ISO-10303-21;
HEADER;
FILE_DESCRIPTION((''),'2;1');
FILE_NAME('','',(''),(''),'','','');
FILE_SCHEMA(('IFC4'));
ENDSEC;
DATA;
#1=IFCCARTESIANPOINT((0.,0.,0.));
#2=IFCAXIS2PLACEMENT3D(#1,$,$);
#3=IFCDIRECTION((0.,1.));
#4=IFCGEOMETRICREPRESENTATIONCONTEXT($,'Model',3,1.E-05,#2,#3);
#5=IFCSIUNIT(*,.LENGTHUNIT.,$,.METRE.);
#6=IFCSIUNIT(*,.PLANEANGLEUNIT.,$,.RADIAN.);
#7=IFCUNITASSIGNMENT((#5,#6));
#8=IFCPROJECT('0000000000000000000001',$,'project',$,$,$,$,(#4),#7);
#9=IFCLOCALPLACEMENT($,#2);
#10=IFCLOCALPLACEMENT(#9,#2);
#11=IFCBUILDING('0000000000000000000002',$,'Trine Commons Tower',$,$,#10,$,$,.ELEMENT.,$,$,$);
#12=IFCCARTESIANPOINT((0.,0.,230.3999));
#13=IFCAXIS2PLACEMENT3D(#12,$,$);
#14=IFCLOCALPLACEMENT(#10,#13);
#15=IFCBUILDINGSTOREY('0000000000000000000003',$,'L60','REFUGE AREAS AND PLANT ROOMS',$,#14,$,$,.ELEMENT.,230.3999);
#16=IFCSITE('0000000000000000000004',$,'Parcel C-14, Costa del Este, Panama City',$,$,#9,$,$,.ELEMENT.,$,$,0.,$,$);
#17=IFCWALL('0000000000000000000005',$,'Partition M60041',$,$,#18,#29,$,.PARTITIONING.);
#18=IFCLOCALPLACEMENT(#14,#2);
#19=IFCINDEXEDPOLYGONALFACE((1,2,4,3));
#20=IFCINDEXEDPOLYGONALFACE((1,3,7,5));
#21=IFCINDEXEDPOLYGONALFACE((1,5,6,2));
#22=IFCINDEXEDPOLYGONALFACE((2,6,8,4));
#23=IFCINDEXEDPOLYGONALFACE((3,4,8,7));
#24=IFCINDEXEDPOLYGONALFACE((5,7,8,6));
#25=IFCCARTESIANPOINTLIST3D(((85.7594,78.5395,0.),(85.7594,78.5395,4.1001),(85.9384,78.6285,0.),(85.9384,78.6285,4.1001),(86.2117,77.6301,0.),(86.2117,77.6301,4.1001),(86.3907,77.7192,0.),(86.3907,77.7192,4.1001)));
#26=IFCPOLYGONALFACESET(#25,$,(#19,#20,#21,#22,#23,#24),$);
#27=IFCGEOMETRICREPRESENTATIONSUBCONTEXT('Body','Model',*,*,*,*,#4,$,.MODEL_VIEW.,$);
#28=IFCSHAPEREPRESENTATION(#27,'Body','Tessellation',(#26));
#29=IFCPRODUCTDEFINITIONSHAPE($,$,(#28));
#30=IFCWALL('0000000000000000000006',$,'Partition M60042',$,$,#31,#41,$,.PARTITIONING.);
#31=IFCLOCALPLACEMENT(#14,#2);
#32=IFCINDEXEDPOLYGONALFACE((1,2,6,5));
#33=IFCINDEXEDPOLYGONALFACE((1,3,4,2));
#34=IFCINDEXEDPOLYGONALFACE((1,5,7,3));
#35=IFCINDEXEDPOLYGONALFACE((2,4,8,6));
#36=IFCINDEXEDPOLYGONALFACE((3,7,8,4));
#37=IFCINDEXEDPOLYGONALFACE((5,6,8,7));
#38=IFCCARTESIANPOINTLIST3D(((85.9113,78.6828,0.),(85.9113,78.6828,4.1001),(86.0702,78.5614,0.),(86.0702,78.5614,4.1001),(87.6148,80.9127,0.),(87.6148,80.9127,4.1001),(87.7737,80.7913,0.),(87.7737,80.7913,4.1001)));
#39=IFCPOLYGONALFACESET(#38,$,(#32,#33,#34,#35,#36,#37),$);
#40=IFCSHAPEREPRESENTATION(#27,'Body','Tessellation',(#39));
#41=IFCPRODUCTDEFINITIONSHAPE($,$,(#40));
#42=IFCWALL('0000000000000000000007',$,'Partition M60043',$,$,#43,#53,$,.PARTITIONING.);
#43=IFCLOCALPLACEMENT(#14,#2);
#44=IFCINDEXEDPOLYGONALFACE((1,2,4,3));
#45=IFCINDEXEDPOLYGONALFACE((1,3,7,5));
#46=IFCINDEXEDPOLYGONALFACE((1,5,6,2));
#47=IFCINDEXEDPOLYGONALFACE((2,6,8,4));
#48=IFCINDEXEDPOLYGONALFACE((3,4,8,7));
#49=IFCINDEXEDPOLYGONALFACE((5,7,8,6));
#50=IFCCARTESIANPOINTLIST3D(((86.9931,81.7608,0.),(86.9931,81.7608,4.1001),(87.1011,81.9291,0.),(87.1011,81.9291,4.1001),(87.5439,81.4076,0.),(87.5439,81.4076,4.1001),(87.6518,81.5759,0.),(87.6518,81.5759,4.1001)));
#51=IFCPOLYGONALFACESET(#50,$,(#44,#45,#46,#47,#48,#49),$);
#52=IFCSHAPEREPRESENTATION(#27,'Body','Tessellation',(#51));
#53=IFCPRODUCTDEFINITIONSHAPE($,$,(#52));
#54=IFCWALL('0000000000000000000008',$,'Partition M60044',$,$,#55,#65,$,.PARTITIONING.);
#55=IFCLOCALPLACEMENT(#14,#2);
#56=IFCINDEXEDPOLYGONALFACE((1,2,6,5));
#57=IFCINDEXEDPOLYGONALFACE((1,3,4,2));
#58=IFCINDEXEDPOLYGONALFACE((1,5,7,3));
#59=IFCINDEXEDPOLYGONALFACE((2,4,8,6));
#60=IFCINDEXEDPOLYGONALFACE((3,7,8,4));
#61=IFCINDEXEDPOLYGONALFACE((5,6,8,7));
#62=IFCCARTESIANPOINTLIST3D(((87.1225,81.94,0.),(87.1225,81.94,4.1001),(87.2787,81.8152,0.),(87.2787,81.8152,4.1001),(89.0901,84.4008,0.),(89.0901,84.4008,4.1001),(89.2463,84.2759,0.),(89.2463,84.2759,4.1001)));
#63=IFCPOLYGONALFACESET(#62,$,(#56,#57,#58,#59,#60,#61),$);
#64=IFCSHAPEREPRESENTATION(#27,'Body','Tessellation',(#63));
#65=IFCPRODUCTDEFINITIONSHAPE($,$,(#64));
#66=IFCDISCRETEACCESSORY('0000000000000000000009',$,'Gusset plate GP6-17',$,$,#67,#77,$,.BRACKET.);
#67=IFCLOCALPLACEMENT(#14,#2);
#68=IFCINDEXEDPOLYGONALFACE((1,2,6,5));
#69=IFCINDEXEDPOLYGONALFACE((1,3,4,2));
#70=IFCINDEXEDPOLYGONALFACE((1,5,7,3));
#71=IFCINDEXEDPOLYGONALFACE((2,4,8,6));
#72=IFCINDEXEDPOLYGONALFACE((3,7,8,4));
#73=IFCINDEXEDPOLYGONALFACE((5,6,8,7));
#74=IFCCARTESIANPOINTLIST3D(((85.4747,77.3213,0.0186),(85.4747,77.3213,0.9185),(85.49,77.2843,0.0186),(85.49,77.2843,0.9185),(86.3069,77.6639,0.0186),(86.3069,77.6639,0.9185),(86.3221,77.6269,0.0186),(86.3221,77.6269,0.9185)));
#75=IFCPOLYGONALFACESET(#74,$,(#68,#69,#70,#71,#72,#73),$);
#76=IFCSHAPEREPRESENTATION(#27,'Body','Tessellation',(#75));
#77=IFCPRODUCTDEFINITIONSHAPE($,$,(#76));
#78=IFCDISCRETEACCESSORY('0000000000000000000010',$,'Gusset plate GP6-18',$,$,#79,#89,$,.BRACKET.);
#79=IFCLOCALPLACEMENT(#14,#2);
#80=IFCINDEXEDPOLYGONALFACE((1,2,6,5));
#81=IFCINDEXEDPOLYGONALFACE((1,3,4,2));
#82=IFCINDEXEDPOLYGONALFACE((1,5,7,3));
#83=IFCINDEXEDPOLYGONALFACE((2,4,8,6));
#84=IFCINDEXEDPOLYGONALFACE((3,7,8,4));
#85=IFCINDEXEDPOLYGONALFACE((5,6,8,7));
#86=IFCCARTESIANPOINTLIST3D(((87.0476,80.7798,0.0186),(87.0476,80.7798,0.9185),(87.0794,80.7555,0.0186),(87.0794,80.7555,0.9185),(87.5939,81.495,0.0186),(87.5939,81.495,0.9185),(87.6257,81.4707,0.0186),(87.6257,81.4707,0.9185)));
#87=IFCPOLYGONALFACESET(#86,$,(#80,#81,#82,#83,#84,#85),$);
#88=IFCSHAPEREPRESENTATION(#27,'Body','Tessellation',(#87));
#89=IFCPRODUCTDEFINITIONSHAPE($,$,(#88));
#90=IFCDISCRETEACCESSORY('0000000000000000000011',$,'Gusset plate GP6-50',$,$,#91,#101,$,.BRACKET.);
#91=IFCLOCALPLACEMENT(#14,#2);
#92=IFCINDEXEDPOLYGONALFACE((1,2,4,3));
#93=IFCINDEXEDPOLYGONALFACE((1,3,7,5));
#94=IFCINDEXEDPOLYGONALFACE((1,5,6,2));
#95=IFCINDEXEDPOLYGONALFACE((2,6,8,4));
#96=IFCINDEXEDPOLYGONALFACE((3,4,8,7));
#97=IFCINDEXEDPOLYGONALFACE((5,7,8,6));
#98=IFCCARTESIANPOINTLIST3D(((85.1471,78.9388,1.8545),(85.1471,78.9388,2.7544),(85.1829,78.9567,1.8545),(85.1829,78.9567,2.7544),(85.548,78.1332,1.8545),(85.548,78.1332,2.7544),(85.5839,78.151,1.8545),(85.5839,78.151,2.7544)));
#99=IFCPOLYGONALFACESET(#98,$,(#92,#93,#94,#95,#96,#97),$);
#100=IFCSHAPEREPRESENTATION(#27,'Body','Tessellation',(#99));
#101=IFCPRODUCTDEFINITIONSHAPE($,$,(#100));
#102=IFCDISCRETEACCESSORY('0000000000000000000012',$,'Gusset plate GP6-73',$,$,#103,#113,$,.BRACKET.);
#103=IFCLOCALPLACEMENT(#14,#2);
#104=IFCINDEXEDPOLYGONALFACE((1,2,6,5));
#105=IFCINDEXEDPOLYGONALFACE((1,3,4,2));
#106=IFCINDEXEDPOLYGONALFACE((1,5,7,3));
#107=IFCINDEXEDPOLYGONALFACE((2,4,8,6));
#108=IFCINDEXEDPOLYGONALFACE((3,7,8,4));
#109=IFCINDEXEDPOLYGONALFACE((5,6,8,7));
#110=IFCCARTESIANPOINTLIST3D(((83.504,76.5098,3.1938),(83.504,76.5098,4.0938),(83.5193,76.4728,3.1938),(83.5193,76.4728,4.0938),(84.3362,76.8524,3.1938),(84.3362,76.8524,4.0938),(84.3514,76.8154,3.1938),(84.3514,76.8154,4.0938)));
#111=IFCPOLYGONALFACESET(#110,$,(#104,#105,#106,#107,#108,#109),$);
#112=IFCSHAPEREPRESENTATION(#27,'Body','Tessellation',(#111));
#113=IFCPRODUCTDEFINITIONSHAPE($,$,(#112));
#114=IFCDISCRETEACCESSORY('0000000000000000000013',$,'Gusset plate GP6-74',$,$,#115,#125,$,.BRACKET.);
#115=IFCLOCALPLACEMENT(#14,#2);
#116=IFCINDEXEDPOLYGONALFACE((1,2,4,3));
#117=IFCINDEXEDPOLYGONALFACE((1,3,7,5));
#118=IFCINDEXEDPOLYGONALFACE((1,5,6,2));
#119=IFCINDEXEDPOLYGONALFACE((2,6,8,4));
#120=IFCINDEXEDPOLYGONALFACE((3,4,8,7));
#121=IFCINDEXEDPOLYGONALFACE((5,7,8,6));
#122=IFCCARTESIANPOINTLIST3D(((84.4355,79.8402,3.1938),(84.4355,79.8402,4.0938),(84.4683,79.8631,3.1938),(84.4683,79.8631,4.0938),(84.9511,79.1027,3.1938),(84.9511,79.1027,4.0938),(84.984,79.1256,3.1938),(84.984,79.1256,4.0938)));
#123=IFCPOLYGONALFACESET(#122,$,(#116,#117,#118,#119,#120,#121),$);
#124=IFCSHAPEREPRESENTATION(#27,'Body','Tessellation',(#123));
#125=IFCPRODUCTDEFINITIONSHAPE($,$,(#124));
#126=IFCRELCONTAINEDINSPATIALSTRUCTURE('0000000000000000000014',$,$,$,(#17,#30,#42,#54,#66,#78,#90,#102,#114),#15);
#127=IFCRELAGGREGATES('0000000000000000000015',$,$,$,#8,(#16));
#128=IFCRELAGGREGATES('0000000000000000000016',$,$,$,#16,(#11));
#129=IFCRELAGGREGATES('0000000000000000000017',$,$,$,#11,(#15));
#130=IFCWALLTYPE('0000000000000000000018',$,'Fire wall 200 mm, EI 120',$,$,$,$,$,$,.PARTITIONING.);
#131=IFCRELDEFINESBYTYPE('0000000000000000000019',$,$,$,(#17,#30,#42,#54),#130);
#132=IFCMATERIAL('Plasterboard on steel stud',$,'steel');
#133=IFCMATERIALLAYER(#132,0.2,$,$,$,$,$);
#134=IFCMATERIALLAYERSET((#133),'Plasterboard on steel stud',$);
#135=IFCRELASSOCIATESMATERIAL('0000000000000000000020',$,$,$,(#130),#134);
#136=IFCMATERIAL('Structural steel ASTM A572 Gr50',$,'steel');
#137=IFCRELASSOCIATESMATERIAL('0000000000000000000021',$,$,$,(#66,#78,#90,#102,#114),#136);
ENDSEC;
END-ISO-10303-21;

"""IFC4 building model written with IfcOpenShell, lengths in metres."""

from ifc_helpers import new_model, si_unit, direction, frame, frame_2d, origin, origin_2d, place, context, subcontext, project, spatial, rectangle, extrude, material, layer, layer_set, type_object, element, save


model = new_model("IFC4")

# Units and contexts
model_context = context("Model", 3, precision=1e-05, world=origin(), true_north=direction((0.0, 1.0)))
body_context = subcontext(model_context, "Body", "Model", "MODEL_VIEW")
ifc_project = project(units=[si_unit("LENGTHUNIT", "METRE"), si_unit("PLANEANGLEUNIT", "RADIAN")], contexts=[model_context])

# Site, building, storey
site_placement = place(None, origin())
site = spatial("IfcSite", under=ifc_project, at=site_placement, Name="Parcel C-14, Costa del Este, Panama City", CompositionType="ELEMENT", RefElevation=0.0)
building_placement = place(site_placement, origin())
building = spatial("IfcBuilding", under=site, at=building_placement, Name="Trine Commons Tower", CompositionType="ELEMENT")
storey_placement = place(building_placement, frame((0.0, 0.0, 230.3999)))
storey = spatial("IfcBuildingStorey", under=building, at=storey_placement, Name="L60", Description="REFUGE AREAS AND PLANT ROOMS", CompositionType="ELEMENT", Elevation=230.3999)

# Shared definitions
ifc_material_1 = material(Name="Plasterboard on steel stud", Category="steel")
ifc_layer = layer(ifc_material_1, 0.2)
ifc_layer_set = layer_set([ifc_layer], Name="Plasterboard on steel stud")
wall_type = type_object("IfcWallType", Name="Fire wall 200 mm, EI 120", PredefinedType="PARTITIONING", material=ifc_layer_set)

# Walls
wall_1_placement = place(storey_placement, frame((85.8489, 78.584, 0.0), z_axis=(0.0, 0.0, 1.0), x_axis=(0.445386, -0.895339, 0.0)))
element("IfcWall", 1, at=wall_1_placement, inside=storey, type_object=wall_type, Name="Partition M60041", PredefinedType="PARTITIONING", context=body_context, shape_type="SweptSolid", body=[
    extrude(rectangle(XDim=1.0156, YDim=0.2, at=frame_2d((0.5078, 0.0))), origin(), (0.0, 0.0, 1.0), 4.1001),
])
wall_2_placement = place(storey_placement, frame((85.9907, 78.6221, 0.0), z_axis=(0.0, 0.0, 1.0), x_axis=(0.607075, 0.794644, 0.0)))
element("IfcWall", 2, at=wall_2_placement, inside=storey, type_object=wall_type, Name="Partition M60042", PredefinedType="PARTITIONING", context=body_context, shape_type="SweptSolid", body=[
    extrude(rectangle(XDim=2.8062, YDim=0.2, at=frame_2d((1.4031, 0.0))), origin(), (0.0, 0.0, 1.0), 4.1001),
])
wall_3_placement = place(storey_placement, frame((87.0471, 81.845, 0.0), z_axis=(0.0, 0.0, 1.0), x_axis=(0.841736, -0.53989, 0.0)))
element("IfcWall", 3, at=wall_3_placement, inside=storey, type_object=wall_type, Name="Partition M60043", PredefinedType="PARTITIONING", context=body_context, shape_type="SweptSolid", body=[
    extrude(rectangle(XDim=0.6543, YDim=0.2, at=frame_2d((0.3271, 0.0))), origin(), (0.0, 0.0, 1.0), 4.1001),
])
wall_4_placement = place(storey_placement, frame((87.2007, 81.8777, 0.0), z_axis=(0.0, 0.0, 1.0), x_axis=(0.624497, 0.781028, 0.0)))
element("IfcWall", 4, at=wall_4_placement, inside=storey, type_object=wall_type, Name="Partition M60044", PredefinedType="PARTITIONING", context=body_context, shape_type="SweptSolid", body=[
    extrude(rectangle(XDim=3.1506, YDim=0.2, at=frame_2d((1.5752, 0.0))), origin(), (0.0, 0.0, 1.0), 4.1001),
])

# Discrete accessories
ifc_material_2 = material(Name="Structural steel ASTM A572 Gr50", Category="steel")
for number, where, z_axis, x_axis, name in (
    (5, (85.8984, 77.4741, 0.0186), (0.0, 0.0, 1.0), (-0.924692, -0.380715, 0.0), "Gusset plate GP6-17"),
    (6, (87.3367, 81.1252, 0.0186), (0.0, 0.0, 1.0), (-0.607043, -0.794669, 0.0), "Gusset plate GP6-18"),
    (7, (85.3655, 78.5449, 1.8545), (0.0, 0.0, 1.0), (-0.44551, 0.895277, 0.0), "Gusset plate GP6-50"),
    (8, (83.9277, 76.6626, 3.1938), (0.0, 0.0, 1.0), (-0.924692, -0.380715, 0.0), "Gusset plate GP6-73"),
    (9, (84.7097, 79.4829, 3.1938), (0.0, 0.0, 1.0), (-0.573033, 0.819532, 0.0), "Gusset plate GP6-74"),
):
    element("IfcDiscreteAccessory", number, at=place(storey_placement, frame(where, z_axis=z_axis, x_axis=x_axis)), inside=storey, material=ifc_material_2, Name=name, PredefinedType="BRACKET", context=body_context, shape_type="SweptSolid", body=[
        extrude(rectangle(XDim=0.8999, YDim=0.04, at=origin_2d()), origin(), (0.0, 0.0, 1.0), 0.8999),
    ])

save(model, "model.ifc")
